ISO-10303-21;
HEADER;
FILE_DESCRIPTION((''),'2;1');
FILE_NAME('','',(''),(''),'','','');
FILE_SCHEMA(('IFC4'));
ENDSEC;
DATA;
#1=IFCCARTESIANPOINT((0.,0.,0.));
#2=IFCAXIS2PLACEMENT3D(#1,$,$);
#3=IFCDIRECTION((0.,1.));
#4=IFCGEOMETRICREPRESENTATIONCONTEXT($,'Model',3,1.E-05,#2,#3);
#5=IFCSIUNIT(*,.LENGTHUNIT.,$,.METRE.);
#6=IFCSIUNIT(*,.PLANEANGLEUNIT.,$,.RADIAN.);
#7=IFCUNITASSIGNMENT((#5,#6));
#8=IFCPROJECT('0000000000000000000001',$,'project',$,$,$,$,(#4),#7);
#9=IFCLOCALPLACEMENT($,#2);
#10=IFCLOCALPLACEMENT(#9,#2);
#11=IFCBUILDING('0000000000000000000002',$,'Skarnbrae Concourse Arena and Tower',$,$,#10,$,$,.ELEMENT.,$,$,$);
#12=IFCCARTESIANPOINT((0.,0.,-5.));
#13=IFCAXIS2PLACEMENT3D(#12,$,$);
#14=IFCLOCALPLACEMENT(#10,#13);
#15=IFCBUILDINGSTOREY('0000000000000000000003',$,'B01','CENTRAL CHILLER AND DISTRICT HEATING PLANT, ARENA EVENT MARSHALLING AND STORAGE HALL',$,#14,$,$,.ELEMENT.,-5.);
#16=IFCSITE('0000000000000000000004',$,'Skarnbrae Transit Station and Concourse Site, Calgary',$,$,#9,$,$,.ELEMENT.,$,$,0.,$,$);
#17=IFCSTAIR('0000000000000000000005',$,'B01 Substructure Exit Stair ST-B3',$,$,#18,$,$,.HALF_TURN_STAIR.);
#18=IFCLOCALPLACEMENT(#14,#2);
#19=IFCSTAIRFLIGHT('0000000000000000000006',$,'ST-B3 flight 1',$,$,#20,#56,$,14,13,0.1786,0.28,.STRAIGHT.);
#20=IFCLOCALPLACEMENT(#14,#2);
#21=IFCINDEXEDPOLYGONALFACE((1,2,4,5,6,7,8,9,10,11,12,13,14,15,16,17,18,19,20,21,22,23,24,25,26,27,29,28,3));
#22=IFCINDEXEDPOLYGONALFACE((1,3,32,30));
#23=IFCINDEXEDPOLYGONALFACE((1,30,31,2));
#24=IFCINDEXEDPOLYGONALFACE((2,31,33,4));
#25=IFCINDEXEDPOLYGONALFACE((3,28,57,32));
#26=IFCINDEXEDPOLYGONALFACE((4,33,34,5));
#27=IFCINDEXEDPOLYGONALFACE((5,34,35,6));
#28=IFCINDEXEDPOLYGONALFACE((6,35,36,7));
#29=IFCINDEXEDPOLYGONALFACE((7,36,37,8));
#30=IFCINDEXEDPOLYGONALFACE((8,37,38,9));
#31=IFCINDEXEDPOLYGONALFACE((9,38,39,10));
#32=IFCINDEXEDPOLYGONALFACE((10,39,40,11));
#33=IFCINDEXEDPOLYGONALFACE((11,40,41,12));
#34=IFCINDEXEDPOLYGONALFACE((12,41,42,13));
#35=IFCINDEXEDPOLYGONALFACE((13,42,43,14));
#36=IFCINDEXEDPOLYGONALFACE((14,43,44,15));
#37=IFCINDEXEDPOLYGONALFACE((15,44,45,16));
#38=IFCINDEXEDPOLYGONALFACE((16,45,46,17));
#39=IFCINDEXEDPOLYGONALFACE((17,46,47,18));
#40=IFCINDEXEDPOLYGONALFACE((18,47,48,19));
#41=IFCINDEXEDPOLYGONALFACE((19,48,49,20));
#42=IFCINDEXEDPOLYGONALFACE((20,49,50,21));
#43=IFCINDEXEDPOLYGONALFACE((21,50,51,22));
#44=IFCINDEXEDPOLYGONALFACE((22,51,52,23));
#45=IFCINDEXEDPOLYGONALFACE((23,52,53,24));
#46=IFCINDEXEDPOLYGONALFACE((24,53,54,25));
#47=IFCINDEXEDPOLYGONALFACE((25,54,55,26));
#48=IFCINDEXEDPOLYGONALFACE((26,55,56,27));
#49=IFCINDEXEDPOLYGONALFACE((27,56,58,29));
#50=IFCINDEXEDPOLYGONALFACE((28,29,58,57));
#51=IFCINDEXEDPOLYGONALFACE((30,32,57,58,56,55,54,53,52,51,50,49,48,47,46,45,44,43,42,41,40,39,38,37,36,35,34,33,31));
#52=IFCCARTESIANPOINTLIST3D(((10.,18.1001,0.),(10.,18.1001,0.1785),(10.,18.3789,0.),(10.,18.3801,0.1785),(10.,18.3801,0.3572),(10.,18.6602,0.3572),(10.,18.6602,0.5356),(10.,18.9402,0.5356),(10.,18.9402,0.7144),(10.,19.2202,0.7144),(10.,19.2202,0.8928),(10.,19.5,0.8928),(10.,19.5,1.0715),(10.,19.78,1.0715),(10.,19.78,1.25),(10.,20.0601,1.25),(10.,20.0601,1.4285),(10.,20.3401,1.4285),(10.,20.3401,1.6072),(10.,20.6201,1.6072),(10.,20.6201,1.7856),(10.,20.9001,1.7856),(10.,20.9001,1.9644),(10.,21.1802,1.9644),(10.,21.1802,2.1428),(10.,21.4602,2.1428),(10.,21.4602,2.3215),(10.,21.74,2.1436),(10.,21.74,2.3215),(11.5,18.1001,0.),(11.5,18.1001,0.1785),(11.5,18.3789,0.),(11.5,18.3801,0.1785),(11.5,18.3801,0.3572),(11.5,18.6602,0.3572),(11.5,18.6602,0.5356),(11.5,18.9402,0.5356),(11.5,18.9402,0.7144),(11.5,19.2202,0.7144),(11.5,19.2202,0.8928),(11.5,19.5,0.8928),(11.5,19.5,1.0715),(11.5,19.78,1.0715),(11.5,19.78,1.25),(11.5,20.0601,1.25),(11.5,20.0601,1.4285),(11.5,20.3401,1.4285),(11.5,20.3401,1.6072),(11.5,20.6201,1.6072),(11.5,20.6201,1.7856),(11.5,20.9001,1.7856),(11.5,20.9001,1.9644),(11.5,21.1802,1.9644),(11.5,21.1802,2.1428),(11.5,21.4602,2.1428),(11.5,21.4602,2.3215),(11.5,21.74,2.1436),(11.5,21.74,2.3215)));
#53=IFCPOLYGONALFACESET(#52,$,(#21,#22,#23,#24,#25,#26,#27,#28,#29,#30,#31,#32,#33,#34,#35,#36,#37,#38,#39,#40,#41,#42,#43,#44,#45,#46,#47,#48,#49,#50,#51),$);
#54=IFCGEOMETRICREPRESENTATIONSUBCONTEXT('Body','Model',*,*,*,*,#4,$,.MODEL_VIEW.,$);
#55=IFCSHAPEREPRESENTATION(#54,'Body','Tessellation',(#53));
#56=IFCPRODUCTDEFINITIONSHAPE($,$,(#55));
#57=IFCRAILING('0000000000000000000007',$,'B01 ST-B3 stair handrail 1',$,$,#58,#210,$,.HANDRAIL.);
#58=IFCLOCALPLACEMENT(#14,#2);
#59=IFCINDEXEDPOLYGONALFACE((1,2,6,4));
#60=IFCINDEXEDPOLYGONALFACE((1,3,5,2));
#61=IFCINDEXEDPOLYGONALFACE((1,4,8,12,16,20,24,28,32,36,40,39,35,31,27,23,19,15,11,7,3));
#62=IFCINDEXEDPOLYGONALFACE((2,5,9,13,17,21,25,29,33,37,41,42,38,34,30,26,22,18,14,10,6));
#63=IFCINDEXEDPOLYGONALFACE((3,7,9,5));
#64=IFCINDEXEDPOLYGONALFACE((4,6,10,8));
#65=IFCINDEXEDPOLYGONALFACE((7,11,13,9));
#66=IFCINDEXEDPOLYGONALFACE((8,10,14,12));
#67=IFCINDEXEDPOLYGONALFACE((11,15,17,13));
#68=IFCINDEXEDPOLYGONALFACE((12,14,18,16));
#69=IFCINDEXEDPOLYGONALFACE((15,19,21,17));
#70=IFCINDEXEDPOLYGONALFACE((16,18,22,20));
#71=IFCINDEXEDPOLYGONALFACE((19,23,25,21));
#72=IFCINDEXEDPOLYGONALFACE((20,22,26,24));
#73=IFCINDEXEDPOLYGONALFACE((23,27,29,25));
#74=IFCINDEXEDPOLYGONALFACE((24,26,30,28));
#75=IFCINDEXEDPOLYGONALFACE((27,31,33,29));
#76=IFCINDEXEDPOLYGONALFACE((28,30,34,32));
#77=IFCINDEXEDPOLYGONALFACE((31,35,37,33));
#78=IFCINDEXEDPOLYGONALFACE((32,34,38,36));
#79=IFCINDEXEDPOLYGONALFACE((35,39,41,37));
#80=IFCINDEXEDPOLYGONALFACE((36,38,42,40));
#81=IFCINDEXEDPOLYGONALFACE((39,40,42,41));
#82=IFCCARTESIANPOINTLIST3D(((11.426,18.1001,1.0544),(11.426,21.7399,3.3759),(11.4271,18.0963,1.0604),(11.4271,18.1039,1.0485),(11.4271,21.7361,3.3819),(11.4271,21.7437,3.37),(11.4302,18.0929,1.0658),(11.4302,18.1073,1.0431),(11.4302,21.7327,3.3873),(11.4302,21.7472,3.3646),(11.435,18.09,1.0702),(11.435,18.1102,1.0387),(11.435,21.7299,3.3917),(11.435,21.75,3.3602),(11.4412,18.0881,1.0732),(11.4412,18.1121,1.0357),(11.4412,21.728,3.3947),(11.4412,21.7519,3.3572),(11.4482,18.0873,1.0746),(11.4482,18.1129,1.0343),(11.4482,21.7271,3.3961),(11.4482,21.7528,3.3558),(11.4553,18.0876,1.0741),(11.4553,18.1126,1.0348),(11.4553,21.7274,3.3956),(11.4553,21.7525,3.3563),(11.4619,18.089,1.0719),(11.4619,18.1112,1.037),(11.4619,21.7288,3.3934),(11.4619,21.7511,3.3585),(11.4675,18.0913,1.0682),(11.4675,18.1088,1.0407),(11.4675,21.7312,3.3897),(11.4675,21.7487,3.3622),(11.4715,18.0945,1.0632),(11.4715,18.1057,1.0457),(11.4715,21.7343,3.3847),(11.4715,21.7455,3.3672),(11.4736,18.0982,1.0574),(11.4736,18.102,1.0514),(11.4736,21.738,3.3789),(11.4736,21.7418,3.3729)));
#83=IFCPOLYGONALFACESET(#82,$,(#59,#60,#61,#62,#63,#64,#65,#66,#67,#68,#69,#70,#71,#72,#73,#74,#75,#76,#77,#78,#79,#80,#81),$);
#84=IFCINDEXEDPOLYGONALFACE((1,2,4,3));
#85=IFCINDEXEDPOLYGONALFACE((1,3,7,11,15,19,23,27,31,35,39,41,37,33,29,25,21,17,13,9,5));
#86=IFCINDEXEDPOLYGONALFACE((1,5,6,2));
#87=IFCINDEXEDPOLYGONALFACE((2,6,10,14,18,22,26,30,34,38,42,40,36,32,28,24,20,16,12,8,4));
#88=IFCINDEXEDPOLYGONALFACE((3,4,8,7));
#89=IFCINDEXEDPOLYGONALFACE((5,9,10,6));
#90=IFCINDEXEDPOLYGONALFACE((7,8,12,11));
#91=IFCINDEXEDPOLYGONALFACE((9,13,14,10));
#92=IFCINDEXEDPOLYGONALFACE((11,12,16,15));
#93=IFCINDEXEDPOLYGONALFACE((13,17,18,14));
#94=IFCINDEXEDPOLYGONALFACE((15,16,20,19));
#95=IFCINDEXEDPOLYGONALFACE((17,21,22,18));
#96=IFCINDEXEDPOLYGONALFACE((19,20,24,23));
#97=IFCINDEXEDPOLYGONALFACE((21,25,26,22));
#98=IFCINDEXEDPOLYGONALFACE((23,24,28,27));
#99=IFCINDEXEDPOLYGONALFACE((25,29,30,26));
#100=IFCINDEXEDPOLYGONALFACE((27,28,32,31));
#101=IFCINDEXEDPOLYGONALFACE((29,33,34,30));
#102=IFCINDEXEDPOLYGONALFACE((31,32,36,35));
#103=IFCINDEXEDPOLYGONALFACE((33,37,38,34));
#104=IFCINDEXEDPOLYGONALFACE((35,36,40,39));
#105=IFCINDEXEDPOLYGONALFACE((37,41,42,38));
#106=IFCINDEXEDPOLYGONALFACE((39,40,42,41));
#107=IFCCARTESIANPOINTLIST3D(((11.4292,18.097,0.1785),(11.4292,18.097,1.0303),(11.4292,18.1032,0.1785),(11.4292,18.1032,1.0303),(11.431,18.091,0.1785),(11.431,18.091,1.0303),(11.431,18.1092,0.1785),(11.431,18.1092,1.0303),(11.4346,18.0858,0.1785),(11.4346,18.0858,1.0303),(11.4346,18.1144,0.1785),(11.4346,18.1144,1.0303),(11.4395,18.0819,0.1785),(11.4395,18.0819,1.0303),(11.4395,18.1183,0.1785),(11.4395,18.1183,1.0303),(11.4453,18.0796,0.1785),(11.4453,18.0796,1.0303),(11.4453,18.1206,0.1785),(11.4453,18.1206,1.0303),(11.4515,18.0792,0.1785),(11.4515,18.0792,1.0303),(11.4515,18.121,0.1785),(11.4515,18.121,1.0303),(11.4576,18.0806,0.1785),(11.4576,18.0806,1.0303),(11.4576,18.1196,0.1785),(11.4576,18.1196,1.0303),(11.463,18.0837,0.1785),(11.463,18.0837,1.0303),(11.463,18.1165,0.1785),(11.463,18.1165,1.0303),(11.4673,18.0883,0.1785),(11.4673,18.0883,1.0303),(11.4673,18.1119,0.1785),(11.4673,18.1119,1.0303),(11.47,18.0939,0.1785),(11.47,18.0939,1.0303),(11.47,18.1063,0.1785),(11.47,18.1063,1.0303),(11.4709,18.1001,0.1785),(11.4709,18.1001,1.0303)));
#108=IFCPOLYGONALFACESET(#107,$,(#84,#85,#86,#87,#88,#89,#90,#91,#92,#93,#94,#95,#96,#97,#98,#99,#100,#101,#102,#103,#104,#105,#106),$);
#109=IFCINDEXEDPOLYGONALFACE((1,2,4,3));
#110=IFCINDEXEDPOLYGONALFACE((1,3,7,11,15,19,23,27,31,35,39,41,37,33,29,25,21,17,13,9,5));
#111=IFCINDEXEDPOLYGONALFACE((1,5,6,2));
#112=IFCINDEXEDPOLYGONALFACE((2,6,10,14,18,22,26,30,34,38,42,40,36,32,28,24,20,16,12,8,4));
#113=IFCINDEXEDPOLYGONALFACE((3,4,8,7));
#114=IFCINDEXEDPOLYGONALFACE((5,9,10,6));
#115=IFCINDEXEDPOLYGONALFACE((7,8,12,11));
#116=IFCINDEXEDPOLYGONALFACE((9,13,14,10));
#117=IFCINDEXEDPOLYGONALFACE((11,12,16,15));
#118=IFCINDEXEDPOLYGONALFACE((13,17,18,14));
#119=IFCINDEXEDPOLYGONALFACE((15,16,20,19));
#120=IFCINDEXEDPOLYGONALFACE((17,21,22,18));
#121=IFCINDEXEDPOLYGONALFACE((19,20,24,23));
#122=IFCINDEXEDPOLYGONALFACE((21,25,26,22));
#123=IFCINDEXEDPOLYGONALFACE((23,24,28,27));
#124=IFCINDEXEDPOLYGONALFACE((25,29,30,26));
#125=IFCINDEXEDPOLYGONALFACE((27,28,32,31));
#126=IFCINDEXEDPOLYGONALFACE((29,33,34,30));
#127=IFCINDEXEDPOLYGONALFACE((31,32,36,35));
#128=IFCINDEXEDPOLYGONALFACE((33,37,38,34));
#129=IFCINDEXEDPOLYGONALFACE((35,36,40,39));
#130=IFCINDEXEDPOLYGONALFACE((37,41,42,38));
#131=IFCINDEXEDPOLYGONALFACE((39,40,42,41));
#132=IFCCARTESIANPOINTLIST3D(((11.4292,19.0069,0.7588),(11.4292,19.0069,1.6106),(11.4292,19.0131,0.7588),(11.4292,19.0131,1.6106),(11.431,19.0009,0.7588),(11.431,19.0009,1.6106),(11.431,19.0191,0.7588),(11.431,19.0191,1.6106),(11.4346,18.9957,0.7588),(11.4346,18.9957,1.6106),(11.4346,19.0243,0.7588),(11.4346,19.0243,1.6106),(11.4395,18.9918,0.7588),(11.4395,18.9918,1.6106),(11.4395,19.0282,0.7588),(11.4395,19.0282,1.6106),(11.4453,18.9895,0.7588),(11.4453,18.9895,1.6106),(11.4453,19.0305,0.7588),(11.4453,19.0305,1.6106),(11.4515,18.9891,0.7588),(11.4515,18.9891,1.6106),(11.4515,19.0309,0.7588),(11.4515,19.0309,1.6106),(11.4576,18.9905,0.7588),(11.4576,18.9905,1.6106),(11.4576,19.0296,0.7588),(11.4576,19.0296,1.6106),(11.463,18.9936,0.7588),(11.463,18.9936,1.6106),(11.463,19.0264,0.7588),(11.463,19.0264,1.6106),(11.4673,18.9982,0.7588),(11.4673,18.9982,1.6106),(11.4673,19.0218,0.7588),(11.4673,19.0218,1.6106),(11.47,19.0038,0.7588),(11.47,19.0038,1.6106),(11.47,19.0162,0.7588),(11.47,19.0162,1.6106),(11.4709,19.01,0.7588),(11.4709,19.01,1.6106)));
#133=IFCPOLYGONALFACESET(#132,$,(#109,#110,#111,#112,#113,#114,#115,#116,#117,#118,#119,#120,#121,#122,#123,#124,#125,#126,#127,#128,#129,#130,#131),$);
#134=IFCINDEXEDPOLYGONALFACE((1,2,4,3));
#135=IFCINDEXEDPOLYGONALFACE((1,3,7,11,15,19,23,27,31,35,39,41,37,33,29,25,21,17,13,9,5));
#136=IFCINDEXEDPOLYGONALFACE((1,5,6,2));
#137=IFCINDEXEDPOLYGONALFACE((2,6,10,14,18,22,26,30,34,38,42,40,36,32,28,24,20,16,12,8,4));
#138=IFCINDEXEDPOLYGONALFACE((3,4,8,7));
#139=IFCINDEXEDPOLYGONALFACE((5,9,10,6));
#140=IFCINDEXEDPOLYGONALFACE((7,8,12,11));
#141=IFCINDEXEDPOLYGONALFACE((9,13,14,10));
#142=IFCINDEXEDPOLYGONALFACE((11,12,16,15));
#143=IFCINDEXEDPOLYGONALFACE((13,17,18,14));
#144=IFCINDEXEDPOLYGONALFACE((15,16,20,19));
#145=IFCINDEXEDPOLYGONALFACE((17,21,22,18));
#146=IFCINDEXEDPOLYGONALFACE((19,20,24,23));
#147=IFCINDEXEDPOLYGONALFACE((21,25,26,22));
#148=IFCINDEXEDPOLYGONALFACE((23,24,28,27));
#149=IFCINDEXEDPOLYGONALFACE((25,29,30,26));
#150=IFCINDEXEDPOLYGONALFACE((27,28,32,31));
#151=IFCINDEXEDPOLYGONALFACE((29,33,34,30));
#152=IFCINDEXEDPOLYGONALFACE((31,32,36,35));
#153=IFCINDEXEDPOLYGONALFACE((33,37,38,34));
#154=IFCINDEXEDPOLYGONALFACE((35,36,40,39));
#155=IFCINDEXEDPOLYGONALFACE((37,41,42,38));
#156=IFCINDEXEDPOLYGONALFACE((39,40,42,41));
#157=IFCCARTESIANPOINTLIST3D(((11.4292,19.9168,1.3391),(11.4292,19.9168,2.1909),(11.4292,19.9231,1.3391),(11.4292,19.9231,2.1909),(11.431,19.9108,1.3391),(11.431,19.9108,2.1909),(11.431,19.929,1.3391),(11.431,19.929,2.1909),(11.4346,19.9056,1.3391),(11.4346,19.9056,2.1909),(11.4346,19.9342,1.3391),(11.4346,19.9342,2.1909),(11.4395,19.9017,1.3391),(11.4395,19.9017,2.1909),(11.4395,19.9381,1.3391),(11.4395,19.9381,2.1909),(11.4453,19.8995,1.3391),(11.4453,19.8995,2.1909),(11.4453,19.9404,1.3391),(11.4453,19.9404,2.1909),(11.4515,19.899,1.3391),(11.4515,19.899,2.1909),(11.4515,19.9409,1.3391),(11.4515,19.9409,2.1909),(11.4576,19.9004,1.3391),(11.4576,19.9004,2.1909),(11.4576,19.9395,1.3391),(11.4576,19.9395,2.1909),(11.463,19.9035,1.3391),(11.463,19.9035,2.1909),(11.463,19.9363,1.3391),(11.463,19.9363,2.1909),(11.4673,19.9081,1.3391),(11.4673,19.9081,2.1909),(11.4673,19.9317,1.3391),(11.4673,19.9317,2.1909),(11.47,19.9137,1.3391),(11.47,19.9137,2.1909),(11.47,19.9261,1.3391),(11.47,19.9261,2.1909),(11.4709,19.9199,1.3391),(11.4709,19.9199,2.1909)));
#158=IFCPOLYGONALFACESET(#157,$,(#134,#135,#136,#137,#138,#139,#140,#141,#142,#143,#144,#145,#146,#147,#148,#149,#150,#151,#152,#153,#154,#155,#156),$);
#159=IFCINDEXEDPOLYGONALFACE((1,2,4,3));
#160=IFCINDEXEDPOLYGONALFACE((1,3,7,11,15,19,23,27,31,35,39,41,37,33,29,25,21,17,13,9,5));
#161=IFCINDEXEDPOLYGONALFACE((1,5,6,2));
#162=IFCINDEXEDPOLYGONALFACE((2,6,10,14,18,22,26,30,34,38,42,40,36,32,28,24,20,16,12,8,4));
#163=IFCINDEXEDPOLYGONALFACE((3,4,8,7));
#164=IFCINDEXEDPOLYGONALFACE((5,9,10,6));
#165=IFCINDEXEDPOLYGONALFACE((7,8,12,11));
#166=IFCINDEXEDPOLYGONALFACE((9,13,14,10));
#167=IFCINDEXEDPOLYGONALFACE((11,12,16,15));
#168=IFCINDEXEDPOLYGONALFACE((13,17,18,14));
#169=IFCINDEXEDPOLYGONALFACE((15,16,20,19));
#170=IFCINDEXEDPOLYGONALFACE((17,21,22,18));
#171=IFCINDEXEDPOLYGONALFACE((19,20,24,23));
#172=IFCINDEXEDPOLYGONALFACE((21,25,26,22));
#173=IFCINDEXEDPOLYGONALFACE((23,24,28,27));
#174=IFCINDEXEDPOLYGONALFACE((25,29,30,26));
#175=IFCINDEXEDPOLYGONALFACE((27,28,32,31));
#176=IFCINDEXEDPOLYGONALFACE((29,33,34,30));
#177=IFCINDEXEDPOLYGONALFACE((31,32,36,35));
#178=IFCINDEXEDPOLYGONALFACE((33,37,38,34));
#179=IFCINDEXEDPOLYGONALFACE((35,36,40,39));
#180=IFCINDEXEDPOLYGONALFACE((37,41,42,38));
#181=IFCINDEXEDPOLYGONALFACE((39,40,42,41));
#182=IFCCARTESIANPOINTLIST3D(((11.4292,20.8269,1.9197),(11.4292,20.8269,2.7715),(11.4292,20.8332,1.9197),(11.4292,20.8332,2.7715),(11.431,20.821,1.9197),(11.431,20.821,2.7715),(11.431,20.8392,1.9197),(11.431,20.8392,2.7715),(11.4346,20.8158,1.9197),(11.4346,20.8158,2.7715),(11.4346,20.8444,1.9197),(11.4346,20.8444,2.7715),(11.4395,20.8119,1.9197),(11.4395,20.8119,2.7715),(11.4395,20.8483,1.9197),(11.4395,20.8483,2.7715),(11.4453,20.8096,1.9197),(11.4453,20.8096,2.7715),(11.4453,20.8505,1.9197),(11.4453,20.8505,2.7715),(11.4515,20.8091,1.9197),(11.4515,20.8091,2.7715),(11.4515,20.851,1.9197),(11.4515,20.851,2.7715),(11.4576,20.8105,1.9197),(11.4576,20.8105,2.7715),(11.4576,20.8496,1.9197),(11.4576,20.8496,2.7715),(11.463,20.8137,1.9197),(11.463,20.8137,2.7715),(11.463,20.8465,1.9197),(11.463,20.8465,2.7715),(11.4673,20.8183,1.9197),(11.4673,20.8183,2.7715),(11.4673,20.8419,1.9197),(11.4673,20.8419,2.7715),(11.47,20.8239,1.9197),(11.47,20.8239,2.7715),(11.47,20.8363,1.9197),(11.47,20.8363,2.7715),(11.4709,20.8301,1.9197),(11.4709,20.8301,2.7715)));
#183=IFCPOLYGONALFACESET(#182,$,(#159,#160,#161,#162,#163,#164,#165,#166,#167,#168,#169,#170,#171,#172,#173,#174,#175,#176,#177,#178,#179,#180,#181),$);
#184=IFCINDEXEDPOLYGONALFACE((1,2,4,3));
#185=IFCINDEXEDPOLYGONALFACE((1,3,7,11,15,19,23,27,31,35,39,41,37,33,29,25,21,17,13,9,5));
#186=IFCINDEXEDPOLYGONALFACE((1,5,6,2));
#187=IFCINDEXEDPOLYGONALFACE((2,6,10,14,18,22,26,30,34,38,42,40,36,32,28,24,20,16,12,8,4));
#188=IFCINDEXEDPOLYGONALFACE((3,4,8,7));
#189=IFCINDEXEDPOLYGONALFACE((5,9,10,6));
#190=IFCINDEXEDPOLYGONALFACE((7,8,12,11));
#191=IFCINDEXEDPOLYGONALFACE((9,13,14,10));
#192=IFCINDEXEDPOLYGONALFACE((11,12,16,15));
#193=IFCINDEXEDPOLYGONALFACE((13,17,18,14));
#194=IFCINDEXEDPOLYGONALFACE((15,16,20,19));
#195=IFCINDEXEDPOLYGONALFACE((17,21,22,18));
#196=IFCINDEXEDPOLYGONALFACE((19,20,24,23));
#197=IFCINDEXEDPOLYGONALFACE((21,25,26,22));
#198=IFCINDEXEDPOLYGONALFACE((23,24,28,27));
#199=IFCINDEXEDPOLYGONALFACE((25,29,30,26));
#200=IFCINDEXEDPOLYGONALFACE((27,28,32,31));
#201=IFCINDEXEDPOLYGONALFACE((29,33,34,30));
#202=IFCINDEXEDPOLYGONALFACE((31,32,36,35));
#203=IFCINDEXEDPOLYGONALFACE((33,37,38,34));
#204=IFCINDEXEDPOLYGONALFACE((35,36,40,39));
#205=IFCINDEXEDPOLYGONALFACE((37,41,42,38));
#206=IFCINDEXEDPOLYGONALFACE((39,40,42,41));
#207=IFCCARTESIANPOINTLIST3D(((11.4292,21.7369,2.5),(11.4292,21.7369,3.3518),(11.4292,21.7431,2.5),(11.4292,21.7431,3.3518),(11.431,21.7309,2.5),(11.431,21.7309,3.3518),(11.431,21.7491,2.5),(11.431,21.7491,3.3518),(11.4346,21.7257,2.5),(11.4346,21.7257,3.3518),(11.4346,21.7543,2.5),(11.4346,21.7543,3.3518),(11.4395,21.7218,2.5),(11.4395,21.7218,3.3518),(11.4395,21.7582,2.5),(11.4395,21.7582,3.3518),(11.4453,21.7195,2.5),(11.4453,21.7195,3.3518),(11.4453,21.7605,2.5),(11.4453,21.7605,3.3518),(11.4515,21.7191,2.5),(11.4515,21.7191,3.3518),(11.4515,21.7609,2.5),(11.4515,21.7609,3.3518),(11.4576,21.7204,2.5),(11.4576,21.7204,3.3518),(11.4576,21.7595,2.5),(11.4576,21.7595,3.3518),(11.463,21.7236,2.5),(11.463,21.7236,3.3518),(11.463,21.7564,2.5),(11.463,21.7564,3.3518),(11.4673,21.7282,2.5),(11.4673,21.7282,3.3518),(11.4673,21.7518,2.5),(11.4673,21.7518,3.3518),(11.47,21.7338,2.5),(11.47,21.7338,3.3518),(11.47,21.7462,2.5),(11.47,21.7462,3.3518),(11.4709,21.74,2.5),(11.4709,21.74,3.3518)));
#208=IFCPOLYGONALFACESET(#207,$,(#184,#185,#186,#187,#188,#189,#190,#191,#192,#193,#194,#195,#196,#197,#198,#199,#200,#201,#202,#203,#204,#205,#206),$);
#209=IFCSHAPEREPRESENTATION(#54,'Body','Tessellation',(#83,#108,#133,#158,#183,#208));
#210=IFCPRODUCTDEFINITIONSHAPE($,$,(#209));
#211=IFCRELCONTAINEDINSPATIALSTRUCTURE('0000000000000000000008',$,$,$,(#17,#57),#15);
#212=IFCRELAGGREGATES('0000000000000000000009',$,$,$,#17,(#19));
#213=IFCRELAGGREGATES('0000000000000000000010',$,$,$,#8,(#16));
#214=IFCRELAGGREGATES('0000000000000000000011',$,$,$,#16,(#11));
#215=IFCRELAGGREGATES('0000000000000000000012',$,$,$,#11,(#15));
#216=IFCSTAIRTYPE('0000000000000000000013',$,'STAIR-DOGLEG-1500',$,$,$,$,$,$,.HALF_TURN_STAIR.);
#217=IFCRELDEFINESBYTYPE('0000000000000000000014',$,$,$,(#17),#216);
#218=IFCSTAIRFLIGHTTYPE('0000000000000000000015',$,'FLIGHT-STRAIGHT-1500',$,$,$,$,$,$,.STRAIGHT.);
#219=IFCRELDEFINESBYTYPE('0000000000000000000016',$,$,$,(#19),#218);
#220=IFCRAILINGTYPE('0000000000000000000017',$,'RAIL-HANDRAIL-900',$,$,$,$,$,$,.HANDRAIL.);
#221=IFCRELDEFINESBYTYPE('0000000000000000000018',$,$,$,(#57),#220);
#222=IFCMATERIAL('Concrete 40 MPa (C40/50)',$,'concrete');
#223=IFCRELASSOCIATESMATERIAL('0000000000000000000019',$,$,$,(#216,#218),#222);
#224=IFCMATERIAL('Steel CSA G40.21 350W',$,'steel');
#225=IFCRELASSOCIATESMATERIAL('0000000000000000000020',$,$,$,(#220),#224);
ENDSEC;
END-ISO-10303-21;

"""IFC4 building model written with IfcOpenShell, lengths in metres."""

from ifc_helpers import new_model, si_unit, direction, frame, origin, origin_2d, place, context, subcontext, project, spatial, polyline, circle, outline, extrude, source, transform, mapped, material, type_object, element, aggregate, save


model = new_model("IFC4")

# Units and contexts
model_context = context("Model", 3, precision=1e-05, world=origin(), true_north=direction((0.0, 1.0)))
body_context = subcontext(model_context, "Body", "Model", "MODEL_VIEW")
ifc_project = project(units=[si_unit("LENGTHUNIT", "METRE"), si_unit("PLANEANGLEUNIT", "RADIAN")], contexts=[model_context])

# Site, building, storey
site_placement = place(None, origin())
site = spatial("IfcSite", under=ifc_project, at=site_placement, Name="Skarnbrae Transit Station and Concourse Site, Calgary", CompositionType="ELEMENT", RefElevation=0.0)
building_placement = place(site_placement, origin())
building = spatial("IfcBuilding", under=site, at=building_placement, Name="Skarnbrae Concourse Arena and Tower", CompositionType="ELEMENT")
storey_placement = place(building_placement, frame((0.0, 0.0, -5.0)))
storey = spatial("IfcBuildingStorey", under=building, at=storey_placement, Name="B01", Description="CENTRAL CHILLER AND DISTRICT HEATING PLANT, ARENA EVENT MARSHALLING AND STORAGE HALL", CompositionType="ELEMENT", Elevation=-5.0)

# Shared definitions
ifc_material_1 = material(Name="Steel CSA G40.21 350W", Category="steel")

# Stair, stair flight
ifc_material_2 = material(Name="Concrete 40 MPa (C40/50)", Category="concrete")
stair_type = type_object("IfcStairType", Name="STAIR-DOGLEG-1500", PredefinedType="HALF_TURN_STAIR", material=ifc_material_2)
stair_placement = place(storey_placement, origin())
stair = element("IfcStair", 1, at=stair_placement, inside=storey, type_object=stair_type, Name="B01 Substructure Exit Stair ST-B3", PredefinedType="HALF_TURN_STAIR")
stair_flight_type = type_object("IfcStairFlightType", Name="FLIGHT-STRAIGHT-1500", PredefinedType="STRAIGHT", material=ifc_material_2)
shared_shape_1 = source(origin(), body_context, "Body", "SweptSolid", [
    extrude(outline(polyline([(0.0, 0.0), (0.0, 0.1785), (0.28, 0.1785), (0.28, 0.3572), (0.5601, 0.3572), (0.5601, 0.5356), (0.8401, 0.5356), (0.8401, 0.7144), (1.1201, 0.7144), (1.1201, 0.8928), (1.3999, 0.8928), (1.3999, 1.0715), (1.6799, 1.0715), (1.6799, 1.25), (1.96, 1.25), (1.96, 1.4285), (2.24, 1.4285), (2.24, 1.6072), (2.52, 1.6072), (2.52, 1.7856), (2.8, 1.7856), (2.8, 1.9644), (3.0801, 1.9644), (3.0801, 2.1428), (3.3601, 2.1428), (3.3601, 2.3215), (3.6399, 2.3215), (3.6399, 2.5), (3.6399, 2.1436), (0.2788, 0.0), (0.0, 0.0)])), frame((0.0, 0.75, 0.0), z_axis=(0.0, -1.0, 0.0), x_axis=(1.0, 0.0, 0.0)), (0.0, 0.0, 1.0), 1.5),
])
stair_flight_placement = place(storey_placement, frame((10.75, 18.1001, 0.0), z_axis=(0.0, 0.0, 1.0), x_axis=(0.0, 1.0, 0.0)))
stair_flight = element("IfcStairFlight", 2, at=stair_flight_placement, type_object=stair_flight_type, Name="ST-B3 flight 1", NumberOfRisers=14, NumberOfTreads=13, PredefinedType="STRAIGHT", RiserHeight=0.1786, TreadLength=0.28, context=body_context, shape_type="MappedRepresentation", body=[
    mapped(shared_shape_1, transform((0.0, 0.0, 0.0))),
])
aggregate(stair, [stair_flight])

# Railing
railing_type = type_object("IfcRailingType", Name="RAIL-HANDRAIL-900", PredefinedType="HANDRAIL", material=ifc_material_1)
railing_placement = place(storey_placement, frame((11.45, 18.1001, 0.1785)))
element("IfcRailing", 3, at=railing_placement, inside=storey, type_object=railing_type, Name="B01 ST-B3 stair handrail 1", PredefinedType="HANDRAIL", context=body_context, shape_type="SweptSolid", body=[
    extrude(circle(Radius=0.0239, at=origin_2d()), frame((0.0, 0.0, 0.876), z_axis=(0.0, 0.843112, 0.537739), x_axis=(-1.0, 0.0, 0.0)), (0.0, 0.0, 1.0), 4.3171),
    extrude(circle(Radius=0.021, at=origin_2d()), origin(), (0.0, 0.0, 1.0), 0.8518),
    extrude(circle(Radius=0.021, at=origin_2d()), frame((0.0, 0.9099, 0.5803)), (0.0, 0.0, 1.0), 0.8518),
    extrude(circle(Radius=0.021, at=origin_2d()), frame((0.0, 1.8198, 1.1606)), (0.0, 0.0, 1.0), 0.8518),
    extrude(circle(Radius=0.021, at=origin_2d()), frame((0.0, 2.73, 1.7412)), (0.0, 0.0, 1.0), 0.8518),
    extrude(circle(Radius=0.021, at=origin_2d()), frame((0.0, 3.6399, 2.3215)), (0.0, 0.0, 1.0), 0.8518),
])

save(model, "model.ifc")
